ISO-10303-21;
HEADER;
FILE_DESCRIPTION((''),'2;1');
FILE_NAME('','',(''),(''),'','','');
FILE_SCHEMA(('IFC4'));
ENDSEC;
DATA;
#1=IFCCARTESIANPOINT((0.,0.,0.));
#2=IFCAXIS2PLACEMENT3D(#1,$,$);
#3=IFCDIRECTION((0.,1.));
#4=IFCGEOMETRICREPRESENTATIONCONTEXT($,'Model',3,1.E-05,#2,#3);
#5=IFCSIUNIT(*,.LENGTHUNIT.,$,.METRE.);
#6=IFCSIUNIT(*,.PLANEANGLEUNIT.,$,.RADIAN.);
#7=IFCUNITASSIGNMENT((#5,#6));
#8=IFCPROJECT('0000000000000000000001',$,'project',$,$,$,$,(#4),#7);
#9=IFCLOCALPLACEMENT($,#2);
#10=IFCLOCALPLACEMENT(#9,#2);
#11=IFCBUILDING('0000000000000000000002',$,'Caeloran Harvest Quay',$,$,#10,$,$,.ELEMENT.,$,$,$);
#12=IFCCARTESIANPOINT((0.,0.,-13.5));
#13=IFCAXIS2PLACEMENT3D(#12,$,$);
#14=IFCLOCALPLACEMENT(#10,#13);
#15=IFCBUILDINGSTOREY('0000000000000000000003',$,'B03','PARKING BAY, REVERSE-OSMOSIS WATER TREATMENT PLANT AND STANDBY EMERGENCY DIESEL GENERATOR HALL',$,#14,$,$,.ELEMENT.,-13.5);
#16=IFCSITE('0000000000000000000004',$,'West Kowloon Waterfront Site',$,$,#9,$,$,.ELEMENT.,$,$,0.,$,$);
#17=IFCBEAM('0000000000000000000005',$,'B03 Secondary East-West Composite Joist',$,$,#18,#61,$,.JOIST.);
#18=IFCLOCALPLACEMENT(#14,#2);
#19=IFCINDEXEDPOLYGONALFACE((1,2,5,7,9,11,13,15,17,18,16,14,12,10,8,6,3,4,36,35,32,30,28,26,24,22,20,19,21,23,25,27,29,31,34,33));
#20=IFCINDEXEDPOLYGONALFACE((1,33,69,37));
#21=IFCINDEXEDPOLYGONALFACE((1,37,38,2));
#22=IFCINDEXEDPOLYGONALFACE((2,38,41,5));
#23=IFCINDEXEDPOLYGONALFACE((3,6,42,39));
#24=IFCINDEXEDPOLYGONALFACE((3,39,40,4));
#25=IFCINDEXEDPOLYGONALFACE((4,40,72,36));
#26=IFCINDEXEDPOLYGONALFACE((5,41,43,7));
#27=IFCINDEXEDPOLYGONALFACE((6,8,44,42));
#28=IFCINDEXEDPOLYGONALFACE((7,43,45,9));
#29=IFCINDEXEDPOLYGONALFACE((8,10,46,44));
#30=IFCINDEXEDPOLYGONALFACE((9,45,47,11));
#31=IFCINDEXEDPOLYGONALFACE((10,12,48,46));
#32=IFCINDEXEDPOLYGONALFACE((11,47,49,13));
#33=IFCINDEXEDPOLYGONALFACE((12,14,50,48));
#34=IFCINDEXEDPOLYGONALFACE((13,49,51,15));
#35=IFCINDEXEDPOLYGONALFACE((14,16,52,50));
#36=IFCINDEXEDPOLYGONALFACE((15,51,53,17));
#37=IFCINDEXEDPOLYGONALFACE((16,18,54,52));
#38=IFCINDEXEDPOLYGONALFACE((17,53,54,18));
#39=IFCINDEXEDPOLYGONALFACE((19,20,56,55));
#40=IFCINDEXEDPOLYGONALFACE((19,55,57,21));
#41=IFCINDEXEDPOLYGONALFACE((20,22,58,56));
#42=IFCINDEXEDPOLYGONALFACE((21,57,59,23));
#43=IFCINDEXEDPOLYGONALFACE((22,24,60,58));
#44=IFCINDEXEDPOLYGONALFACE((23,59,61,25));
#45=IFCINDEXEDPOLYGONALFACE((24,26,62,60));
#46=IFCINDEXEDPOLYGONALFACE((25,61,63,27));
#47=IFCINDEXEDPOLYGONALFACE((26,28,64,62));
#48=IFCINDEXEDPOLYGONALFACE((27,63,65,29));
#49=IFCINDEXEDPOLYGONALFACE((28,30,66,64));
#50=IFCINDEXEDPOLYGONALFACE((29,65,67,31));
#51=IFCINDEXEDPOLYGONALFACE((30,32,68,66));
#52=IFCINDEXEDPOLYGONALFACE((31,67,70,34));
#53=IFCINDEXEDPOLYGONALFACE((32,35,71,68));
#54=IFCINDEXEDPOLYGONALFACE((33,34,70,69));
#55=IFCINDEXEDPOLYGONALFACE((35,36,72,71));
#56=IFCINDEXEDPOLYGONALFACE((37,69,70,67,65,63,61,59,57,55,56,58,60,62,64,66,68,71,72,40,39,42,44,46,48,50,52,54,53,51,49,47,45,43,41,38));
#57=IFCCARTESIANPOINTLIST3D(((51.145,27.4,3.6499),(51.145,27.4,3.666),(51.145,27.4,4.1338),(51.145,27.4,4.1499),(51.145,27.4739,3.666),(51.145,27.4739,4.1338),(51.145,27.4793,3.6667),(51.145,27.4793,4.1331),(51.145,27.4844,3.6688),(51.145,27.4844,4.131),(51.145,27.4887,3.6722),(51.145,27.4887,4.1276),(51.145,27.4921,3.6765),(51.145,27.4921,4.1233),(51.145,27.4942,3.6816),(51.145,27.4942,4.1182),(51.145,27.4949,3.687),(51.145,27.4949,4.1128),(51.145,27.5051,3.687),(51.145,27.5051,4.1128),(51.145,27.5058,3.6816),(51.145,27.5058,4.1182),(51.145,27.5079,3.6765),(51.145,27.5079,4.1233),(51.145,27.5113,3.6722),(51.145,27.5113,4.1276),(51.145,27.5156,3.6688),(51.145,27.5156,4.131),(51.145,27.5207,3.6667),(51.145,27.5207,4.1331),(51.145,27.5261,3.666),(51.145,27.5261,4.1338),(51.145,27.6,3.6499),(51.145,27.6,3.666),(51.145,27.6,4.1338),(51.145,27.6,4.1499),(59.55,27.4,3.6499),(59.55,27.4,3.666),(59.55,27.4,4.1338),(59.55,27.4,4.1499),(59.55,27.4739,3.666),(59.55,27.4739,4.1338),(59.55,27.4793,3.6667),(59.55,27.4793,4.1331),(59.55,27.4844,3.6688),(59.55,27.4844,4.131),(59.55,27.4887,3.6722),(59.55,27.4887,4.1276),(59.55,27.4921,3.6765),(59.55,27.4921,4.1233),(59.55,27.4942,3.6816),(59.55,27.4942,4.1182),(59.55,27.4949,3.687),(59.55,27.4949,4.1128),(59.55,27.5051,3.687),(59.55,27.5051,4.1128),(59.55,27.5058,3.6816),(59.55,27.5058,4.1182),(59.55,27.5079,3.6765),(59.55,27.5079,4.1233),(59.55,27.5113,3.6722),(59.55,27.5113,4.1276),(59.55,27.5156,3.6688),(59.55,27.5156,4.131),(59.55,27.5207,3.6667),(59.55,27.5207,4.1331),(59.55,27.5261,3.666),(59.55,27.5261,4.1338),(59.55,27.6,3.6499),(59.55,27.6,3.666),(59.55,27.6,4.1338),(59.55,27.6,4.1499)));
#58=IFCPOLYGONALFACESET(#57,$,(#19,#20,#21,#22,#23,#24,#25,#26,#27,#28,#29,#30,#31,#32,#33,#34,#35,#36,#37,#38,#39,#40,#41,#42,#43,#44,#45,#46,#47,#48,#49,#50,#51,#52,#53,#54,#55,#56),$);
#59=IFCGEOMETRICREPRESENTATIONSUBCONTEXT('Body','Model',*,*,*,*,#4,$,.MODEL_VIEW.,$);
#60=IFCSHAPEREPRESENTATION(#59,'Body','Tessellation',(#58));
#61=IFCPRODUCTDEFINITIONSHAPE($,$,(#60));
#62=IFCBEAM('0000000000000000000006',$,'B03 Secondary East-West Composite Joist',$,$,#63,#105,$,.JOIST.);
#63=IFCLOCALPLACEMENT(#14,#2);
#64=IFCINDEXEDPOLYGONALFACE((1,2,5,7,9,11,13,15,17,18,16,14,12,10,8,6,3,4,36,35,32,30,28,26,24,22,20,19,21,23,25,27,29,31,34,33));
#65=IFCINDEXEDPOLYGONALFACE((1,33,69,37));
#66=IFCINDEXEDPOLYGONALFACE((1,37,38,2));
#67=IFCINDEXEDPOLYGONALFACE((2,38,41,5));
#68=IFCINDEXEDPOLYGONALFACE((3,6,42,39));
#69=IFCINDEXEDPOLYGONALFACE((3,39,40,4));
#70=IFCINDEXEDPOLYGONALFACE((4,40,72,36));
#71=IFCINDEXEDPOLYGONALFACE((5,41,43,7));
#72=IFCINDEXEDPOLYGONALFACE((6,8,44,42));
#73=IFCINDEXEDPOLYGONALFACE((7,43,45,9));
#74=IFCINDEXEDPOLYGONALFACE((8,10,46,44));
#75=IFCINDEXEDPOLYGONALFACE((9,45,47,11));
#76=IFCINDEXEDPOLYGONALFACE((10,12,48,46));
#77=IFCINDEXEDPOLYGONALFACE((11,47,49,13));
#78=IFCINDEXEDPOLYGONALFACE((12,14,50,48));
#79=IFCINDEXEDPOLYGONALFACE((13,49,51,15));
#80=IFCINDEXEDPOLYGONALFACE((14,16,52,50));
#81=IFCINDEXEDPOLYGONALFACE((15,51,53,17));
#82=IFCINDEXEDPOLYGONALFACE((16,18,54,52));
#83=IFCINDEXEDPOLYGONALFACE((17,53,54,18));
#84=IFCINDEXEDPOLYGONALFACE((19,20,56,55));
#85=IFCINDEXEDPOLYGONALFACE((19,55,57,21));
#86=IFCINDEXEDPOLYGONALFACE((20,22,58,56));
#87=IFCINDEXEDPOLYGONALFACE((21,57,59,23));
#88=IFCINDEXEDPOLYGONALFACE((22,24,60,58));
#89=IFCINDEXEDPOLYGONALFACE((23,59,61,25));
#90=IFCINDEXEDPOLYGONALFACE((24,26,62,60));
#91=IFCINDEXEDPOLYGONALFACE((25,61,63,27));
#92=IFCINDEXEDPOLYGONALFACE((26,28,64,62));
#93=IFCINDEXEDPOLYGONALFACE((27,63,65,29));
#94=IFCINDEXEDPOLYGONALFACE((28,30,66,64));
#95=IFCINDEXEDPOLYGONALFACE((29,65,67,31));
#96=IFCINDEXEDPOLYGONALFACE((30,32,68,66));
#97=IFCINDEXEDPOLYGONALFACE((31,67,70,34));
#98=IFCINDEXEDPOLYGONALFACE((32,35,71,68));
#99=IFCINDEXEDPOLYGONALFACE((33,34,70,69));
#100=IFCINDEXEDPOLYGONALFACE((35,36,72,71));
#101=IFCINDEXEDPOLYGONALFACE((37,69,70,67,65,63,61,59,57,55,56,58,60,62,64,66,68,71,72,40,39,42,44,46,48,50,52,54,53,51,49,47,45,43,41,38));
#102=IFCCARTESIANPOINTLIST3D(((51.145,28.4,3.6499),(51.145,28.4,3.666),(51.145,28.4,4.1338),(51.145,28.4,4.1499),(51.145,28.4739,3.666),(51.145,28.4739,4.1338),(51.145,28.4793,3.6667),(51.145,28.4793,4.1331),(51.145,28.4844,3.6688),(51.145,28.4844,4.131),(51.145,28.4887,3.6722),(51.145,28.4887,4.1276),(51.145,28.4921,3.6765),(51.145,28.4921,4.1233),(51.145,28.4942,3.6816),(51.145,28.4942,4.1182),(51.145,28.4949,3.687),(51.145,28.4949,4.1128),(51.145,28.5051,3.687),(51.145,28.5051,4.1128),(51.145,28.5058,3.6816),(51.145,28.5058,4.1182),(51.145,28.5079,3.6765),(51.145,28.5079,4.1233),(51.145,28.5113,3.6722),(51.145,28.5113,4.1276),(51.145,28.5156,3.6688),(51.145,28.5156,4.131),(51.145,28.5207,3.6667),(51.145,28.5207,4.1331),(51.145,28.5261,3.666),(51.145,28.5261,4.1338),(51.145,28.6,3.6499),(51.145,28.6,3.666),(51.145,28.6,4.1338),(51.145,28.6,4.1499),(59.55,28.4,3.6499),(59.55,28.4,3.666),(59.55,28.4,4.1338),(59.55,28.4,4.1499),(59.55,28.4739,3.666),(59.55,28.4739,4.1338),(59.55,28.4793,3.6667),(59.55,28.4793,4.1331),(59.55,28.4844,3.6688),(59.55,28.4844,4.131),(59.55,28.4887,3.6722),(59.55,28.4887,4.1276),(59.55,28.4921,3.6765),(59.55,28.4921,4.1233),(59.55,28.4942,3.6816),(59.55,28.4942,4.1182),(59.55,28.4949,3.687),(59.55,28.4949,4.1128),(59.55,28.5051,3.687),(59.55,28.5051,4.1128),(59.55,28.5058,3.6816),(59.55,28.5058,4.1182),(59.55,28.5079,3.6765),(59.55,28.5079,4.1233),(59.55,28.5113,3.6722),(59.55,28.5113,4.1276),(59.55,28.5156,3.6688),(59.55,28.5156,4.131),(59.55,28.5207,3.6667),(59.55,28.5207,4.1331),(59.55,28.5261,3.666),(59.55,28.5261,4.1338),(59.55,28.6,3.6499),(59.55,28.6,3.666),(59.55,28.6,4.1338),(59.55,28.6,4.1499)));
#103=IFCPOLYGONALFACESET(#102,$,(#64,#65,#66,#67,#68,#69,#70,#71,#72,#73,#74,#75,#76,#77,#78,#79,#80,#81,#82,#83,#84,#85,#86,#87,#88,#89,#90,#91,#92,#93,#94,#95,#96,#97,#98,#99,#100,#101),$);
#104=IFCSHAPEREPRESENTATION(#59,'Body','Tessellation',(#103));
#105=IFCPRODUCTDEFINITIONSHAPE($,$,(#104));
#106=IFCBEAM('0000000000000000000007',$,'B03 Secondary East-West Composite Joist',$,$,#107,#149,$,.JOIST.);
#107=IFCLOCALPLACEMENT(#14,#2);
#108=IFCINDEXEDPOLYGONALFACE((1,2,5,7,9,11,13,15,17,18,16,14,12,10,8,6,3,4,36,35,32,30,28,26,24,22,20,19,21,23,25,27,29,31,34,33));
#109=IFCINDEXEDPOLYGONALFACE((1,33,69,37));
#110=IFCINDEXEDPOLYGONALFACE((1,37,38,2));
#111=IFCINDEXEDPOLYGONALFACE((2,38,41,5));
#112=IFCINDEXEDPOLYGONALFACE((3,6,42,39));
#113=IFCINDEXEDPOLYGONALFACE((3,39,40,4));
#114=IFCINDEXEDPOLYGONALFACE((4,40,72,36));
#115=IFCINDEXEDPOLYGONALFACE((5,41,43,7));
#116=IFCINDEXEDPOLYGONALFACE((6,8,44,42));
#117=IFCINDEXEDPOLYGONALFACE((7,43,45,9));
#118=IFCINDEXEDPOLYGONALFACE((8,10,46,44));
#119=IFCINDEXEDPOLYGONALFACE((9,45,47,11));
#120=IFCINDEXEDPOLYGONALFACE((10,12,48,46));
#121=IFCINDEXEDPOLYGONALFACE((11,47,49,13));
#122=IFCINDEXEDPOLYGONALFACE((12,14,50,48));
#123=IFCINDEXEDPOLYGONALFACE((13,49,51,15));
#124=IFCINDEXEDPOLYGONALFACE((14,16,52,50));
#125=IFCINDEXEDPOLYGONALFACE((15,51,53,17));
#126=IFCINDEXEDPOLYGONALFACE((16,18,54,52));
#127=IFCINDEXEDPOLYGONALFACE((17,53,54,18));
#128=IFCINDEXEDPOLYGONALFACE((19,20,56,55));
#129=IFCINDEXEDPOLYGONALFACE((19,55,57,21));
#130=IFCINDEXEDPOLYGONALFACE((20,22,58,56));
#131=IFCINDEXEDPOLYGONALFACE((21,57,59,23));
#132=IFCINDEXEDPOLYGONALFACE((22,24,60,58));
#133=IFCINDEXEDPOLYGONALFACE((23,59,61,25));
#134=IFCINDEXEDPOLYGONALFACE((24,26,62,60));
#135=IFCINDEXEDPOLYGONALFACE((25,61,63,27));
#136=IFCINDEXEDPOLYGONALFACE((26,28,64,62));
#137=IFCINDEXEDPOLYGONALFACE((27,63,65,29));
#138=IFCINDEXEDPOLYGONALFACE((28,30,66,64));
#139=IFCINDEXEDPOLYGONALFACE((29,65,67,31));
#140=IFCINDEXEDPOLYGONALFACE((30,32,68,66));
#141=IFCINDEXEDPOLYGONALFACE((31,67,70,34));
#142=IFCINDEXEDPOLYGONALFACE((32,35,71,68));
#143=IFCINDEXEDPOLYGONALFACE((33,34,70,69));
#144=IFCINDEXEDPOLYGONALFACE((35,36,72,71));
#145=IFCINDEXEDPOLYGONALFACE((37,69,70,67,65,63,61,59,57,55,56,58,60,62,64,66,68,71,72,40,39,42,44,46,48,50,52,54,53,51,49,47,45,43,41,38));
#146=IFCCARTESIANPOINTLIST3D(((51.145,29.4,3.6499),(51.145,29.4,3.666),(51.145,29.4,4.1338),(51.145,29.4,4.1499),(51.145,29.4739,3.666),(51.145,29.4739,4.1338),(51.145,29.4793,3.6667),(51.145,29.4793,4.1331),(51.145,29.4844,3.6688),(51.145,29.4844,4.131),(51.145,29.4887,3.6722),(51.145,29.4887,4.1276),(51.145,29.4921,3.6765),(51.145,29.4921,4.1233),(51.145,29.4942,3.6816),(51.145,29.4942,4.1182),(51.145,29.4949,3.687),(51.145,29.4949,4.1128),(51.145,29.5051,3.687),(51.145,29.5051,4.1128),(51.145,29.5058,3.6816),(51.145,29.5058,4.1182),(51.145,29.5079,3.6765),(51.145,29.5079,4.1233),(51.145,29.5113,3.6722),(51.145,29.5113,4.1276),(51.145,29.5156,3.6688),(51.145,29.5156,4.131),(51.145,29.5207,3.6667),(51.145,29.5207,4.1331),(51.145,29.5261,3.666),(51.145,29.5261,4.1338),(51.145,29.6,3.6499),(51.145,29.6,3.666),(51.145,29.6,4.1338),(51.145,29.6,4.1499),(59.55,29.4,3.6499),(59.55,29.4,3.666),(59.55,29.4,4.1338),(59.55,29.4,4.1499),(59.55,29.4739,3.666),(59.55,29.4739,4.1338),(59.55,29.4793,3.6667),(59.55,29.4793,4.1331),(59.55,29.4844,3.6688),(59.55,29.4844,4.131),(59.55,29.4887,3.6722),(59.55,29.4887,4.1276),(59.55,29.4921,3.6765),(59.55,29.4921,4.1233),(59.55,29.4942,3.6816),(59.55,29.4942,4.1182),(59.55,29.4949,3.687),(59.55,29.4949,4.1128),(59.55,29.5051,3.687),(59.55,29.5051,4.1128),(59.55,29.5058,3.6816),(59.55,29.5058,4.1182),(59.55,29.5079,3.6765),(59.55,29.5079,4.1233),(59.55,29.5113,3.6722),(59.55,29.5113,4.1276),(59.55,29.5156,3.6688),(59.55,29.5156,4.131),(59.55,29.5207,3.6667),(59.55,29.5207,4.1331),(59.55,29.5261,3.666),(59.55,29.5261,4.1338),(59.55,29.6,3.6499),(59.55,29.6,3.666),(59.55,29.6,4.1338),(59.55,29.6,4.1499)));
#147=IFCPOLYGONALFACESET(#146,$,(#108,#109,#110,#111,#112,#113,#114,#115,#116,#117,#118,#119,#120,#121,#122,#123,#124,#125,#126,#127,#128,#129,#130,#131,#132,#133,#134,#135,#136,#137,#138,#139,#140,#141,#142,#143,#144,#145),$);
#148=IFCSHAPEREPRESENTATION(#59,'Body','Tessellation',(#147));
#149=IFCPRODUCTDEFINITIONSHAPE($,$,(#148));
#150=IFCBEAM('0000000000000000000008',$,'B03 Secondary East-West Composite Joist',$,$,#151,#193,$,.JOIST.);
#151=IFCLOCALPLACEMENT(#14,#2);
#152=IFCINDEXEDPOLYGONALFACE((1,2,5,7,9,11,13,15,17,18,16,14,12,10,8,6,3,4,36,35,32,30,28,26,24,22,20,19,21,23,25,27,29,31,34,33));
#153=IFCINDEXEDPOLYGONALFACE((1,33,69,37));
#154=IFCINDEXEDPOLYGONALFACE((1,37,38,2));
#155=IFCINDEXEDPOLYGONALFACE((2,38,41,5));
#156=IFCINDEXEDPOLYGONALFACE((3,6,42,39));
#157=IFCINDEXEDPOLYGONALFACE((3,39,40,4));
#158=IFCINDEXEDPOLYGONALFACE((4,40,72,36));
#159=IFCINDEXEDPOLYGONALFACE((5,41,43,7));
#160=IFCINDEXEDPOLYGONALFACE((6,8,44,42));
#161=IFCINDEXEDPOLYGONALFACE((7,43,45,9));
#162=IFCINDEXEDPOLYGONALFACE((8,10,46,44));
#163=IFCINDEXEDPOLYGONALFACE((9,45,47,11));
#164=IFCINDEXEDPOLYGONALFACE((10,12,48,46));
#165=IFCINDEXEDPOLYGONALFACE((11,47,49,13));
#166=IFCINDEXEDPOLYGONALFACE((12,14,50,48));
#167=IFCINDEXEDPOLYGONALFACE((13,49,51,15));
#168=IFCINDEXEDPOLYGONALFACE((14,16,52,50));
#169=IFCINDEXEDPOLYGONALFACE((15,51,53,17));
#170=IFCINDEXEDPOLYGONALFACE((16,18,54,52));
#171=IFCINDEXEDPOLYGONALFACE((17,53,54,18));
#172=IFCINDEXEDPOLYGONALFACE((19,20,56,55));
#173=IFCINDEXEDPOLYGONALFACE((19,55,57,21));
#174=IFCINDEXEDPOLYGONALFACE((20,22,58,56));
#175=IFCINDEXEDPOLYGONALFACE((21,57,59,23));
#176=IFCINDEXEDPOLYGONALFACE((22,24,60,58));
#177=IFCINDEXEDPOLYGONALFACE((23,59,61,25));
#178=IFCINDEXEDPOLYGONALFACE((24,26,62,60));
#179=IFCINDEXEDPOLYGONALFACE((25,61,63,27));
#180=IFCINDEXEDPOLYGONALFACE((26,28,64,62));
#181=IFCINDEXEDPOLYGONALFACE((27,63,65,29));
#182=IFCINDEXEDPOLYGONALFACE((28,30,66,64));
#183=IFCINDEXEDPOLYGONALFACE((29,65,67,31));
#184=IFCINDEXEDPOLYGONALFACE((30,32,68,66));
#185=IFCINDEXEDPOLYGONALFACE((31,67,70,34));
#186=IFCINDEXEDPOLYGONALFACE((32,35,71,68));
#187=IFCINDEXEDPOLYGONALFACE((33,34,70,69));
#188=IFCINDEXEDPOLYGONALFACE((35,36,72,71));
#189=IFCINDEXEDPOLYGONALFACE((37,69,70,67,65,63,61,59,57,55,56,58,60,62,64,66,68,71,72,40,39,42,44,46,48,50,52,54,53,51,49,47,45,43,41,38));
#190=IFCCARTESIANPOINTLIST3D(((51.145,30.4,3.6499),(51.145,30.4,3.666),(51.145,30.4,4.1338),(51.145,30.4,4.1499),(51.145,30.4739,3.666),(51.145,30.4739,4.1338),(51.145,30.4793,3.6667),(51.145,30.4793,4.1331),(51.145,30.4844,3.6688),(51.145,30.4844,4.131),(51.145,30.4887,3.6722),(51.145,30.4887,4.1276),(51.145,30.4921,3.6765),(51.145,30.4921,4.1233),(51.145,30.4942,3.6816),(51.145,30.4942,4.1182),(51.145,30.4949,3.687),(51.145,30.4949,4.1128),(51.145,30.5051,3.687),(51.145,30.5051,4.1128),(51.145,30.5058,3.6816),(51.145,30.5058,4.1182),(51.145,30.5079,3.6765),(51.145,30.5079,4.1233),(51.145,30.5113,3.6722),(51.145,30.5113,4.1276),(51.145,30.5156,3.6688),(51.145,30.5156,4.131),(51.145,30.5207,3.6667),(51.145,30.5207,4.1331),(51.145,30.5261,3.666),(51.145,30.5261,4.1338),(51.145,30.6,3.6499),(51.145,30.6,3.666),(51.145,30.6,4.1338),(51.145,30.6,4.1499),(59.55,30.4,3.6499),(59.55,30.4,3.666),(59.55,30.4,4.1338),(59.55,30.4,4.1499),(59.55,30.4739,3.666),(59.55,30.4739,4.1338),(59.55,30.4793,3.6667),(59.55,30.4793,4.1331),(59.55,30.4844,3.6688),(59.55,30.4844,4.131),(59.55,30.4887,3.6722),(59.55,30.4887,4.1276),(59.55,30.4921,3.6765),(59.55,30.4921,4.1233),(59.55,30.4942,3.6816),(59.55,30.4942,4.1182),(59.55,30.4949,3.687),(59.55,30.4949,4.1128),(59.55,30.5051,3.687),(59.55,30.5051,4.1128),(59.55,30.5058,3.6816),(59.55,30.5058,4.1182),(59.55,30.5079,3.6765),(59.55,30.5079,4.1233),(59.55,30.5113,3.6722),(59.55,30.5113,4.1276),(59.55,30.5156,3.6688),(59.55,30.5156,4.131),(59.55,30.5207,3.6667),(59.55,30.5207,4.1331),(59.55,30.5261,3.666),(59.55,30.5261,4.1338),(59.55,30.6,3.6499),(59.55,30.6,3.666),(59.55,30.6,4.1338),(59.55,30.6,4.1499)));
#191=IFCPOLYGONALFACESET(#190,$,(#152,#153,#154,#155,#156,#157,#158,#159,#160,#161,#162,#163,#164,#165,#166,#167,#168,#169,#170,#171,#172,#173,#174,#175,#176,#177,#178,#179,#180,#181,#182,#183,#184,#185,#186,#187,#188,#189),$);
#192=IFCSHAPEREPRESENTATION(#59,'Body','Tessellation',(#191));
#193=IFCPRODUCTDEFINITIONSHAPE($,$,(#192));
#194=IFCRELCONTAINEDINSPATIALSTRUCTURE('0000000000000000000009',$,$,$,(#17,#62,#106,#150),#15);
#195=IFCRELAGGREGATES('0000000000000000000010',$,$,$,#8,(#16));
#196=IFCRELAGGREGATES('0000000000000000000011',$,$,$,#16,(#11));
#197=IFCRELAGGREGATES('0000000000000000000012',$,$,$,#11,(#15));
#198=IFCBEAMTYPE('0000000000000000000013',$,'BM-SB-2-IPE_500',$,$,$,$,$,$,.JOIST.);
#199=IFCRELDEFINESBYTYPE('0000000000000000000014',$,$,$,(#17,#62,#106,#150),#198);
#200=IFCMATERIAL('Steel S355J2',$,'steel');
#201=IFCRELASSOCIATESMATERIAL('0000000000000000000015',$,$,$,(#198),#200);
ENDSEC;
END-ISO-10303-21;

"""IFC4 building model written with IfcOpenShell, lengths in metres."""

from ifc_helpers import new_model, si_unit, direction, frame, origin, origin_2d, place, context, subcontext, project, spatial, i_section, extrude, material, material_profile, profile_set, type_object, element, save


model = new_model("IFC4")

# Units and contexts
model_context = context("Model", 3, precision=1e-05, world=origin(), true_north=direction((0.0, 1.0)))
body_context = subcontext(model_context, "Body", "Model", "MODEL_VIEW")
ifc_project = project(units=[si_unit("LENGTHUNIT", "METRE"), si_unit("PLANEANGLEUNIT", "RADIAN")], contexts=[model_context])

# Site, building, storey
site_placement = place(None, origin())
site = spatial("IfcSite", under=ifc_project, at=site_placement, Name="West Kowloon Waterfront Site", CompositionType="ELEMENT", RefElevation=0.0)
building_placement = place(site_placement, origin())
building = spatial("IfcBuilding", under=site, at=building_placement, Name="Caeloran Harvest Quay", CompositionType="ELEMENT")
storey_placement = place(building_placement, frame((0.0, 0.0, -13.5)))
storey = spatial("IfcBuildingStorey", under=building, at=storey_placement, Name="B03", Description="PARKING BAY, REVERSE-OSMOSIS WATER TREATMENT PLANT AND STANDBY EMERGENCY DIESEL GENERATOR HALL", CompositionType="ELEMENT", Elevation=-13.5)

# Beams
ifc_material_1 = material(Name="Steel S355J2", Category="steel")
ifc_material_profile_1 = material_profile(ifc_material_1, i_section(OverallWidth=0.2, OverallDepth=0.5, WebThickness=0.0103, FlangeThickness=0.0161, FilletRadius=0.021, at=origin_2d()), Name="IPE 500")
ifc_profile_set_1 = profile_set([ifc_material_profile_1], Name="Steel S355J2")
beam_type_1 = type_object("IfcBeamType", Name="BM-SB-2-IPE_500", PredefinedType="JOIST", material=ifc_profile_set_1)
for number, where, z_axis, x_axis, name in (
    (1, (51.145, 27.5, 3.8999), (1.0, 0.0, 0.0), (0.0, 1.0, 0.0), "B03 Secondary East-West Composite Joist"),
    (2, (51.145, 28.5, 3.8999), (1.0, 0.0, 0.0), (0.0, 1.0, 0.0), "B03 Secondary East-West Composite Joist"),
    (3, (51.145, 29.5, 3.8999), (1.0, 0.0, 0.0), (0.0, 1.0, 0.0), "B03 Secondary East-West Composite Joist"),
    (4, (51.145, 30.5, 3.8999), (1.0, 0.0, 0.0), (0.0, 1.0, 0.0), "B03 Secondary East-West Composite Joist"),
):
    element("IfcBeam", number, at=place(storey_placement, frame(where, z_axis=z_axis, x_axis=x_axis)), inside=storey, type_object=beam_type_1, Name=name, PredefinedType="JOIST", context=body_context, shape_type="SweptSolid", body=[
        extrude(i_section(OverallWidth=0.2, OverallDepth=0.5, WebThickness=0.0103, FlangeThickness=0.0161, FilletRadius=0.021, at=origin_2d()), origin(), (0.0, 0.0, 1.0), 8.405),
    ])

save(model, "model.ifc")
